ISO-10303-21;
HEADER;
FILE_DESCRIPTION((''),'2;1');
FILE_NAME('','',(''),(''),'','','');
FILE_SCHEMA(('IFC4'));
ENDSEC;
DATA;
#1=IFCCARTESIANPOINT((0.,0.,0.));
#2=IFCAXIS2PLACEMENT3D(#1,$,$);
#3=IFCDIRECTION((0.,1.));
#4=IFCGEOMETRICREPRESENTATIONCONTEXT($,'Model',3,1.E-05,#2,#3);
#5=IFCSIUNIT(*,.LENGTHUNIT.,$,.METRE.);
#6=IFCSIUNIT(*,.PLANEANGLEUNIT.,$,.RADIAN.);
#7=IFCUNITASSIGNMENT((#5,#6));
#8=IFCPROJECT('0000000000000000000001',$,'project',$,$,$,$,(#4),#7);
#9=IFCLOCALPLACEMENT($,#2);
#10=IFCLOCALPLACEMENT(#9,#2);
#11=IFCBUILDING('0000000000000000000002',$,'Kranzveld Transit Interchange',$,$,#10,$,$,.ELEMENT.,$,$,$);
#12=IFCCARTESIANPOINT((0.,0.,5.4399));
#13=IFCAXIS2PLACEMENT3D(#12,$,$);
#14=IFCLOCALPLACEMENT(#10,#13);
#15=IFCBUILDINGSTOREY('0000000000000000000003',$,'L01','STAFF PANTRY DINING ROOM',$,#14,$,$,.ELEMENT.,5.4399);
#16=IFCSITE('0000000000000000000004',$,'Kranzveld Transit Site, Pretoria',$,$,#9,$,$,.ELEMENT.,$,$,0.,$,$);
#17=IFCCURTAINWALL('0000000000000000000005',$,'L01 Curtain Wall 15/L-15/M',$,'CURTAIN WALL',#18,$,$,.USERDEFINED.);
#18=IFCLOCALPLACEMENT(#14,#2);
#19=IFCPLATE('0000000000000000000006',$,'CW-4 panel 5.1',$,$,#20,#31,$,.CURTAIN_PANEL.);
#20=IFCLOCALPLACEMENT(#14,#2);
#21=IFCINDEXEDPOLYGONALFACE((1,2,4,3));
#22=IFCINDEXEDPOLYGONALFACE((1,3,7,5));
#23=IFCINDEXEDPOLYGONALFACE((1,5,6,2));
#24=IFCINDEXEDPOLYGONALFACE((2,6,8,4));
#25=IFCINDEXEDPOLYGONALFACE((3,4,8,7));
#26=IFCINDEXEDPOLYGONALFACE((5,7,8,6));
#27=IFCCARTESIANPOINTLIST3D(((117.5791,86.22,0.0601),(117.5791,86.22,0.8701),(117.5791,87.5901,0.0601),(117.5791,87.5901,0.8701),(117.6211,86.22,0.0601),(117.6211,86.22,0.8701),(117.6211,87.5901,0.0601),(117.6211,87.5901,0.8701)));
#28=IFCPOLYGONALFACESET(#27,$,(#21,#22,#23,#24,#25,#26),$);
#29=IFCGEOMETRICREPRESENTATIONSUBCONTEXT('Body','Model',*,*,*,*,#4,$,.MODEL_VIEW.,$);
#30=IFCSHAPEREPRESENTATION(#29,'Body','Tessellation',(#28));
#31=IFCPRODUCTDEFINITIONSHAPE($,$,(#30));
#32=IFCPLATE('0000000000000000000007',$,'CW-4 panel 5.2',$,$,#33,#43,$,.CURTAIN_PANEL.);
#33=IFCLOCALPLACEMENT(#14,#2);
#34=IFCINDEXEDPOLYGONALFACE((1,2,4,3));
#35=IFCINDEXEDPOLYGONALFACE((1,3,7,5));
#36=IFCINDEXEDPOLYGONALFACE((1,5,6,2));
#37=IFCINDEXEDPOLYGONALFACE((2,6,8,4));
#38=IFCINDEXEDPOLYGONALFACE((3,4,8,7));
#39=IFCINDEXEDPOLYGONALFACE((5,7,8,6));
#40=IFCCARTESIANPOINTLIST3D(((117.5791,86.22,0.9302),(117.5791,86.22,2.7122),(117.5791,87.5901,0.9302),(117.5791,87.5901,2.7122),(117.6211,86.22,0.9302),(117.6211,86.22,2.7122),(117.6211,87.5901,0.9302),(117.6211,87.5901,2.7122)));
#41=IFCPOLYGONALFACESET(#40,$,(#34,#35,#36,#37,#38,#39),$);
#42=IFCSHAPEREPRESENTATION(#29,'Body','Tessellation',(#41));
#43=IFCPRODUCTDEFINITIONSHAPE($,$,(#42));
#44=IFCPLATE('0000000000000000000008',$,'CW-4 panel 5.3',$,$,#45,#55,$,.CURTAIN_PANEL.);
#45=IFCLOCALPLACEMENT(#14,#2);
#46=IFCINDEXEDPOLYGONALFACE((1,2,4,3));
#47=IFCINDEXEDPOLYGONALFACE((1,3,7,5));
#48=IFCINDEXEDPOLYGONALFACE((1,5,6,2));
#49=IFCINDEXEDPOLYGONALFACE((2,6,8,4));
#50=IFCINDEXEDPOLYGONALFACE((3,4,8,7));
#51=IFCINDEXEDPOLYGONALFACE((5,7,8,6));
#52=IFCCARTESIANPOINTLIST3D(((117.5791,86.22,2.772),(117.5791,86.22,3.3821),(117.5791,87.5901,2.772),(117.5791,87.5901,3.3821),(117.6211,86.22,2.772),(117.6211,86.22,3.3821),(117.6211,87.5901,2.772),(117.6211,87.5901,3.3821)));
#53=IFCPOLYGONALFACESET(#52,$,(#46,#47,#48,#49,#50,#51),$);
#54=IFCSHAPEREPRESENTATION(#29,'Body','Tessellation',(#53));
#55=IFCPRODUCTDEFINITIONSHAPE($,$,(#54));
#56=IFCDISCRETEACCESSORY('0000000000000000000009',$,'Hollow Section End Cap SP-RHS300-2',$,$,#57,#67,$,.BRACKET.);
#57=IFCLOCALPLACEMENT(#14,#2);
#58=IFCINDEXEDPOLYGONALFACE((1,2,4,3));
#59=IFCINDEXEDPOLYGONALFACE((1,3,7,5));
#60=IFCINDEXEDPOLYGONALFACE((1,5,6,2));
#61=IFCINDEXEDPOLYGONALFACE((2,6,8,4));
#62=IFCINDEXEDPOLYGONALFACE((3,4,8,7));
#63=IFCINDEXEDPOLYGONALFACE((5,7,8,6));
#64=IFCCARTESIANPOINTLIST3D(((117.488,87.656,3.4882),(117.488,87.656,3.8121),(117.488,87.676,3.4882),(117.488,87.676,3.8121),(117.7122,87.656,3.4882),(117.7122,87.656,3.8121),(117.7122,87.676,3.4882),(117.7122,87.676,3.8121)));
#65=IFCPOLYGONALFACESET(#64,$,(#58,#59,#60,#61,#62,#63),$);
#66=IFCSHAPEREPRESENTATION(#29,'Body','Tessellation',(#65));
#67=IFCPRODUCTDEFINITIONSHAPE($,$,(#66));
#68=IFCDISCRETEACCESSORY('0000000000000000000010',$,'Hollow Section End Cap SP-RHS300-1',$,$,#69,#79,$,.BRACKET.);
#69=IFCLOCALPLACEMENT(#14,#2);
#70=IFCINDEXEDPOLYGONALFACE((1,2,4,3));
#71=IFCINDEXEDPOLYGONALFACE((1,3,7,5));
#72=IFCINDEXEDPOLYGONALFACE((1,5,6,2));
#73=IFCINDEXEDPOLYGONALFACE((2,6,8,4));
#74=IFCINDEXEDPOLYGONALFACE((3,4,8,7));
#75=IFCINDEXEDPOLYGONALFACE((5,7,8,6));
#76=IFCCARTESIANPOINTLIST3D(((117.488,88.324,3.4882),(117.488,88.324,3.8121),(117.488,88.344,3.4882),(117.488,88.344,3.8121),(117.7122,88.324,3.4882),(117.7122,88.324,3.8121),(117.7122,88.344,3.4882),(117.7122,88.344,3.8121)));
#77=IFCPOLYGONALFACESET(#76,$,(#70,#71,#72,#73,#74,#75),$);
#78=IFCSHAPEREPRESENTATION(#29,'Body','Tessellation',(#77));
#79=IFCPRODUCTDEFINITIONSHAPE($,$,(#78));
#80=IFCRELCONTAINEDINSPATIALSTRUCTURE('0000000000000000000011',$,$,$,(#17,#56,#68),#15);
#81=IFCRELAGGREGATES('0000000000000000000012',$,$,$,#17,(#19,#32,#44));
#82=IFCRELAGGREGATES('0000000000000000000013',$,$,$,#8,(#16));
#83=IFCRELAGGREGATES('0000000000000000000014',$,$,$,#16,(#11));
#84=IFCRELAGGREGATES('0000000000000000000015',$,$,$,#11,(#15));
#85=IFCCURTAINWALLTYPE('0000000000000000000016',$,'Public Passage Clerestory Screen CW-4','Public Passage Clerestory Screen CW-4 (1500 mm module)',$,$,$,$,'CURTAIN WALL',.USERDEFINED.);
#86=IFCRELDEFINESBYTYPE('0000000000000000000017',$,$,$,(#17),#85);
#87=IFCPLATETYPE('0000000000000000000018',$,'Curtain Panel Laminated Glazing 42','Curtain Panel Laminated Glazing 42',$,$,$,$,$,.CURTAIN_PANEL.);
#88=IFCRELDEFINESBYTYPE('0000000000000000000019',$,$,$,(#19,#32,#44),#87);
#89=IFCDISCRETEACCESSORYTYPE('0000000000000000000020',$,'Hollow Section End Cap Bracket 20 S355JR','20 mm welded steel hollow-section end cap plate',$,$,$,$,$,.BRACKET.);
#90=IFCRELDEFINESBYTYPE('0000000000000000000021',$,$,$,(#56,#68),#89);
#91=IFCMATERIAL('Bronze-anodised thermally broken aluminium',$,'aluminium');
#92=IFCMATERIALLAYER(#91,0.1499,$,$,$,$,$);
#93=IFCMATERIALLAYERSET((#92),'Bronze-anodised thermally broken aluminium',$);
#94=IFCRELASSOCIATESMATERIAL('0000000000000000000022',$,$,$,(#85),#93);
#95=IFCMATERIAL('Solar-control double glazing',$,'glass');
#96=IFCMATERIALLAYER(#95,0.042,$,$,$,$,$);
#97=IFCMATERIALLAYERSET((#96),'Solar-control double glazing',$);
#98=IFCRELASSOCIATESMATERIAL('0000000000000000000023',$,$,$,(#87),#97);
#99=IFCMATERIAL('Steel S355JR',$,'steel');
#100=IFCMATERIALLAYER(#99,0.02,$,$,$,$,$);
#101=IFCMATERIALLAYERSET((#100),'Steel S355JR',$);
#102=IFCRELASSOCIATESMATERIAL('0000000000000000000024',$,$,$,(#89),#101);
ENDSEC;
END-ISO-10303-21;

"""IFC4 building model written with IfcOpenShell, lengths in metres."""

from ifc_helpers import new_model, si_unit, direction, frame, origin, origin_2d, place, context, subcontext, project, spatial, rectangle, extrude, material, layer, layer_set, type_object, element, aggregate, save


model = new_model("IFC4")

# Units and contexts
model_context = context("Model", 3, precision=1e-05, world=origin(), true_north=direction((0.0, 1.0)))
body_context = subcontext(model_context, "Body", "Model", "MODEL_VIEW")
ifc_project = project(units=[si_unit("LENGTHUNIT", "METRE"), si_unit("PLANEANGLEUNIT", "RADIAN")], contexts=[model_context])

# Site, building, storey
site_placement = place(None, origin())
site = spatial("IfcSite", under=ifc_project, at=site_placement, Name="Kranzveld Transit Site, Pretoria", CompositionType="ELEMENT", RefElevation=0.0)
building_placement = place(site_placement, origin())
building = spatial("IfcBuilding", under=site, at=building_placement, Name="Kranzveld Transit Interchange", CompositionType="ELEMENT")
storey_placement = place(building_placement, frame((0.0, 0.0, 5.4399)))
storey = spatial("IfcBuildingStorey", under=building, at=storey_placement, Name="L01", Description="STAFF PANTRY DINING ROOM", CompositionType="ELEMENT", Elevation=5.4399)

# Curtain wall
ifc_material_1 = material(Name="Bronze-anodised thermally broken aluminium", Category="aluminium")
ifc_layer_1 = layer(ifc_material_1, 0.1499)
ifc_layer_set_1 = layer_set([ifc_layer_1], Name="Bronze-anodised thermally broken aluminium")
curtain_wall_type_1 = type_object("IfcCurtainWallType", Name="Public Passage Clerestory Screen CW-4", Description="Public Passage Clerestory Screen CW-4 (1500 mm module)", ElementType="CURTAIN WALL", PredefinedType="USERDEFINED", material=ifc_layer_set_1)
curtain_wall_1_placement = place(storey_placement, origin())
curtain_wall_1 = element("IfcCurtainWall", 1, at=curtain_wall_1_placement, inside=storey, type_object=curtain_wall_type_1, Name="L01 Curtain Wall 15/L-15/M", ObjectType="CURTAIN WALL", PredefinedType="USERDEFINED")

# Plates
ifc_material_2 = material(Name="Solar-control double glazing", Category="glass")
ifc_layer_2 = layer(ifc_material_2, 0.042)
ifc_layer_set_2 = layer_set([ifc_layer_2], Name="Solar-control double glazing")
plate_type = type_object("IfcPlateType", Name="Curtain Panel Laminated Glazing 42", Description="Curtain Panel Laminated Glazing 42", PredefinedType="CURTAIN_PANEL", material=ifc_layer_set_2)
plate_1_placement = place(storey_placement, frame((117.6001, 86.905, 0.0601), z_axis=(0.0, 0.0, 1.0), x_axis=(0.0, 1.0, 0.0)))
plate_1 = element("IfcPlate", 2, at=plate_1_placement, type_object=plate_type, Name="CW-4 panel 5.1", PredefinedType="CURTAIN_PANEL", context=body_context, shape_type="SweptSolid", body=[
    extrude(rectangle(XDim=1.3701, YDim=0.042, at=origin_2d()), origin(), (0.0, 0.0, 1.0), 0.8101),
])
plate_2_placement = place(storey_placement, frame((117.6001, 86.905, 0.9302), z_axis=(0.0, 0.0, 1.0), x_axis=(0.0, 1.0, 0.0)))
plate_2 = element("IfcPlate", 3, at=plate_2_placement, type_object=plate_type, Name="CW-4 panel 5.2", PredefinedType="CURTAIN_PANEL", context=body_context, shape_type="SweptSolid", body=[
    extrude(rectangle(XDim=1.3701, YDim=0.042, at=origin_2d()), origin(), (0.0, 0.0, 1.0), 1.782),
])
plate_3_placement = place(storey_placement, frame((117.6001, 86.905, 2.772), z_axis=(0.0, 0.0, 1.0), x_axis=(0.0, 1.0, 0.0)))
plate_3 = element("IfcPlate", 4, at=plate_3_placement, type_object=plate_type, Name="CW-4 panel 5.3", PredefinedType="CURTAIN_PANEL", context=body_context, shape_type="SweptSolid", body=[
    extrude(rectangle(XDim=1.3701, YDim=0.042, at=origin_2d()), origin(), (0.0, 0.0, 1.0), 0.6101),
])
aggregate(curtain_wall_1, [plate_1, plate_2, plate_3])

# Discrete accessories
ifc_material_3 = material(Name="Steel S355JR", Category="steel")
ifc_layer_3 = layer(ifc_material_3, 0.02)
ifc_layer_set_3 = layer_set([ifc_layer_3], Name="Steel S355JR")
discrete_accessory_type = type_object("IfcDiscreteAccessoryType", Name="Hollow Section End Cap Bracket 20 S355JR", Description="20 mm welded steel hollow-section end cap plate", PredefinedType="BRACKET", material=ifc_layer_set_3)
for number, where, z_axis, x_axis, name in (
    (5, (117.6001, 87.656, 3.6501), (0.0, 1.0, 0.0), (-1.0, 0.0, 0.0), "Hollow Section End Cap SP-RHS300-2"),
    (6, (117.6001, 88.344, 3.6501), (0.0, -1.0, 0.0), (1.0, 0.0, 0.0), "Hollow Section End Cap SP-RHS300-1"),
):
    element("IfcDiscreteAccessory", number, at=place(storey_placement, frame(where, z_axis=z_axis, x_axis=x_axis)), inside=storey, type_object=discrete_accessory_type, Name=name, PredefinedType="BRACKET", context=body_context, shape_type="SweptSolid", body=[
        extrude(rectangle(XDim=0.2241, YDim=0.324, at=origin_2d()), origin(), (0.0, 0.0, 1.0), 0.02),
    ])

save(model, "model.ifc")
